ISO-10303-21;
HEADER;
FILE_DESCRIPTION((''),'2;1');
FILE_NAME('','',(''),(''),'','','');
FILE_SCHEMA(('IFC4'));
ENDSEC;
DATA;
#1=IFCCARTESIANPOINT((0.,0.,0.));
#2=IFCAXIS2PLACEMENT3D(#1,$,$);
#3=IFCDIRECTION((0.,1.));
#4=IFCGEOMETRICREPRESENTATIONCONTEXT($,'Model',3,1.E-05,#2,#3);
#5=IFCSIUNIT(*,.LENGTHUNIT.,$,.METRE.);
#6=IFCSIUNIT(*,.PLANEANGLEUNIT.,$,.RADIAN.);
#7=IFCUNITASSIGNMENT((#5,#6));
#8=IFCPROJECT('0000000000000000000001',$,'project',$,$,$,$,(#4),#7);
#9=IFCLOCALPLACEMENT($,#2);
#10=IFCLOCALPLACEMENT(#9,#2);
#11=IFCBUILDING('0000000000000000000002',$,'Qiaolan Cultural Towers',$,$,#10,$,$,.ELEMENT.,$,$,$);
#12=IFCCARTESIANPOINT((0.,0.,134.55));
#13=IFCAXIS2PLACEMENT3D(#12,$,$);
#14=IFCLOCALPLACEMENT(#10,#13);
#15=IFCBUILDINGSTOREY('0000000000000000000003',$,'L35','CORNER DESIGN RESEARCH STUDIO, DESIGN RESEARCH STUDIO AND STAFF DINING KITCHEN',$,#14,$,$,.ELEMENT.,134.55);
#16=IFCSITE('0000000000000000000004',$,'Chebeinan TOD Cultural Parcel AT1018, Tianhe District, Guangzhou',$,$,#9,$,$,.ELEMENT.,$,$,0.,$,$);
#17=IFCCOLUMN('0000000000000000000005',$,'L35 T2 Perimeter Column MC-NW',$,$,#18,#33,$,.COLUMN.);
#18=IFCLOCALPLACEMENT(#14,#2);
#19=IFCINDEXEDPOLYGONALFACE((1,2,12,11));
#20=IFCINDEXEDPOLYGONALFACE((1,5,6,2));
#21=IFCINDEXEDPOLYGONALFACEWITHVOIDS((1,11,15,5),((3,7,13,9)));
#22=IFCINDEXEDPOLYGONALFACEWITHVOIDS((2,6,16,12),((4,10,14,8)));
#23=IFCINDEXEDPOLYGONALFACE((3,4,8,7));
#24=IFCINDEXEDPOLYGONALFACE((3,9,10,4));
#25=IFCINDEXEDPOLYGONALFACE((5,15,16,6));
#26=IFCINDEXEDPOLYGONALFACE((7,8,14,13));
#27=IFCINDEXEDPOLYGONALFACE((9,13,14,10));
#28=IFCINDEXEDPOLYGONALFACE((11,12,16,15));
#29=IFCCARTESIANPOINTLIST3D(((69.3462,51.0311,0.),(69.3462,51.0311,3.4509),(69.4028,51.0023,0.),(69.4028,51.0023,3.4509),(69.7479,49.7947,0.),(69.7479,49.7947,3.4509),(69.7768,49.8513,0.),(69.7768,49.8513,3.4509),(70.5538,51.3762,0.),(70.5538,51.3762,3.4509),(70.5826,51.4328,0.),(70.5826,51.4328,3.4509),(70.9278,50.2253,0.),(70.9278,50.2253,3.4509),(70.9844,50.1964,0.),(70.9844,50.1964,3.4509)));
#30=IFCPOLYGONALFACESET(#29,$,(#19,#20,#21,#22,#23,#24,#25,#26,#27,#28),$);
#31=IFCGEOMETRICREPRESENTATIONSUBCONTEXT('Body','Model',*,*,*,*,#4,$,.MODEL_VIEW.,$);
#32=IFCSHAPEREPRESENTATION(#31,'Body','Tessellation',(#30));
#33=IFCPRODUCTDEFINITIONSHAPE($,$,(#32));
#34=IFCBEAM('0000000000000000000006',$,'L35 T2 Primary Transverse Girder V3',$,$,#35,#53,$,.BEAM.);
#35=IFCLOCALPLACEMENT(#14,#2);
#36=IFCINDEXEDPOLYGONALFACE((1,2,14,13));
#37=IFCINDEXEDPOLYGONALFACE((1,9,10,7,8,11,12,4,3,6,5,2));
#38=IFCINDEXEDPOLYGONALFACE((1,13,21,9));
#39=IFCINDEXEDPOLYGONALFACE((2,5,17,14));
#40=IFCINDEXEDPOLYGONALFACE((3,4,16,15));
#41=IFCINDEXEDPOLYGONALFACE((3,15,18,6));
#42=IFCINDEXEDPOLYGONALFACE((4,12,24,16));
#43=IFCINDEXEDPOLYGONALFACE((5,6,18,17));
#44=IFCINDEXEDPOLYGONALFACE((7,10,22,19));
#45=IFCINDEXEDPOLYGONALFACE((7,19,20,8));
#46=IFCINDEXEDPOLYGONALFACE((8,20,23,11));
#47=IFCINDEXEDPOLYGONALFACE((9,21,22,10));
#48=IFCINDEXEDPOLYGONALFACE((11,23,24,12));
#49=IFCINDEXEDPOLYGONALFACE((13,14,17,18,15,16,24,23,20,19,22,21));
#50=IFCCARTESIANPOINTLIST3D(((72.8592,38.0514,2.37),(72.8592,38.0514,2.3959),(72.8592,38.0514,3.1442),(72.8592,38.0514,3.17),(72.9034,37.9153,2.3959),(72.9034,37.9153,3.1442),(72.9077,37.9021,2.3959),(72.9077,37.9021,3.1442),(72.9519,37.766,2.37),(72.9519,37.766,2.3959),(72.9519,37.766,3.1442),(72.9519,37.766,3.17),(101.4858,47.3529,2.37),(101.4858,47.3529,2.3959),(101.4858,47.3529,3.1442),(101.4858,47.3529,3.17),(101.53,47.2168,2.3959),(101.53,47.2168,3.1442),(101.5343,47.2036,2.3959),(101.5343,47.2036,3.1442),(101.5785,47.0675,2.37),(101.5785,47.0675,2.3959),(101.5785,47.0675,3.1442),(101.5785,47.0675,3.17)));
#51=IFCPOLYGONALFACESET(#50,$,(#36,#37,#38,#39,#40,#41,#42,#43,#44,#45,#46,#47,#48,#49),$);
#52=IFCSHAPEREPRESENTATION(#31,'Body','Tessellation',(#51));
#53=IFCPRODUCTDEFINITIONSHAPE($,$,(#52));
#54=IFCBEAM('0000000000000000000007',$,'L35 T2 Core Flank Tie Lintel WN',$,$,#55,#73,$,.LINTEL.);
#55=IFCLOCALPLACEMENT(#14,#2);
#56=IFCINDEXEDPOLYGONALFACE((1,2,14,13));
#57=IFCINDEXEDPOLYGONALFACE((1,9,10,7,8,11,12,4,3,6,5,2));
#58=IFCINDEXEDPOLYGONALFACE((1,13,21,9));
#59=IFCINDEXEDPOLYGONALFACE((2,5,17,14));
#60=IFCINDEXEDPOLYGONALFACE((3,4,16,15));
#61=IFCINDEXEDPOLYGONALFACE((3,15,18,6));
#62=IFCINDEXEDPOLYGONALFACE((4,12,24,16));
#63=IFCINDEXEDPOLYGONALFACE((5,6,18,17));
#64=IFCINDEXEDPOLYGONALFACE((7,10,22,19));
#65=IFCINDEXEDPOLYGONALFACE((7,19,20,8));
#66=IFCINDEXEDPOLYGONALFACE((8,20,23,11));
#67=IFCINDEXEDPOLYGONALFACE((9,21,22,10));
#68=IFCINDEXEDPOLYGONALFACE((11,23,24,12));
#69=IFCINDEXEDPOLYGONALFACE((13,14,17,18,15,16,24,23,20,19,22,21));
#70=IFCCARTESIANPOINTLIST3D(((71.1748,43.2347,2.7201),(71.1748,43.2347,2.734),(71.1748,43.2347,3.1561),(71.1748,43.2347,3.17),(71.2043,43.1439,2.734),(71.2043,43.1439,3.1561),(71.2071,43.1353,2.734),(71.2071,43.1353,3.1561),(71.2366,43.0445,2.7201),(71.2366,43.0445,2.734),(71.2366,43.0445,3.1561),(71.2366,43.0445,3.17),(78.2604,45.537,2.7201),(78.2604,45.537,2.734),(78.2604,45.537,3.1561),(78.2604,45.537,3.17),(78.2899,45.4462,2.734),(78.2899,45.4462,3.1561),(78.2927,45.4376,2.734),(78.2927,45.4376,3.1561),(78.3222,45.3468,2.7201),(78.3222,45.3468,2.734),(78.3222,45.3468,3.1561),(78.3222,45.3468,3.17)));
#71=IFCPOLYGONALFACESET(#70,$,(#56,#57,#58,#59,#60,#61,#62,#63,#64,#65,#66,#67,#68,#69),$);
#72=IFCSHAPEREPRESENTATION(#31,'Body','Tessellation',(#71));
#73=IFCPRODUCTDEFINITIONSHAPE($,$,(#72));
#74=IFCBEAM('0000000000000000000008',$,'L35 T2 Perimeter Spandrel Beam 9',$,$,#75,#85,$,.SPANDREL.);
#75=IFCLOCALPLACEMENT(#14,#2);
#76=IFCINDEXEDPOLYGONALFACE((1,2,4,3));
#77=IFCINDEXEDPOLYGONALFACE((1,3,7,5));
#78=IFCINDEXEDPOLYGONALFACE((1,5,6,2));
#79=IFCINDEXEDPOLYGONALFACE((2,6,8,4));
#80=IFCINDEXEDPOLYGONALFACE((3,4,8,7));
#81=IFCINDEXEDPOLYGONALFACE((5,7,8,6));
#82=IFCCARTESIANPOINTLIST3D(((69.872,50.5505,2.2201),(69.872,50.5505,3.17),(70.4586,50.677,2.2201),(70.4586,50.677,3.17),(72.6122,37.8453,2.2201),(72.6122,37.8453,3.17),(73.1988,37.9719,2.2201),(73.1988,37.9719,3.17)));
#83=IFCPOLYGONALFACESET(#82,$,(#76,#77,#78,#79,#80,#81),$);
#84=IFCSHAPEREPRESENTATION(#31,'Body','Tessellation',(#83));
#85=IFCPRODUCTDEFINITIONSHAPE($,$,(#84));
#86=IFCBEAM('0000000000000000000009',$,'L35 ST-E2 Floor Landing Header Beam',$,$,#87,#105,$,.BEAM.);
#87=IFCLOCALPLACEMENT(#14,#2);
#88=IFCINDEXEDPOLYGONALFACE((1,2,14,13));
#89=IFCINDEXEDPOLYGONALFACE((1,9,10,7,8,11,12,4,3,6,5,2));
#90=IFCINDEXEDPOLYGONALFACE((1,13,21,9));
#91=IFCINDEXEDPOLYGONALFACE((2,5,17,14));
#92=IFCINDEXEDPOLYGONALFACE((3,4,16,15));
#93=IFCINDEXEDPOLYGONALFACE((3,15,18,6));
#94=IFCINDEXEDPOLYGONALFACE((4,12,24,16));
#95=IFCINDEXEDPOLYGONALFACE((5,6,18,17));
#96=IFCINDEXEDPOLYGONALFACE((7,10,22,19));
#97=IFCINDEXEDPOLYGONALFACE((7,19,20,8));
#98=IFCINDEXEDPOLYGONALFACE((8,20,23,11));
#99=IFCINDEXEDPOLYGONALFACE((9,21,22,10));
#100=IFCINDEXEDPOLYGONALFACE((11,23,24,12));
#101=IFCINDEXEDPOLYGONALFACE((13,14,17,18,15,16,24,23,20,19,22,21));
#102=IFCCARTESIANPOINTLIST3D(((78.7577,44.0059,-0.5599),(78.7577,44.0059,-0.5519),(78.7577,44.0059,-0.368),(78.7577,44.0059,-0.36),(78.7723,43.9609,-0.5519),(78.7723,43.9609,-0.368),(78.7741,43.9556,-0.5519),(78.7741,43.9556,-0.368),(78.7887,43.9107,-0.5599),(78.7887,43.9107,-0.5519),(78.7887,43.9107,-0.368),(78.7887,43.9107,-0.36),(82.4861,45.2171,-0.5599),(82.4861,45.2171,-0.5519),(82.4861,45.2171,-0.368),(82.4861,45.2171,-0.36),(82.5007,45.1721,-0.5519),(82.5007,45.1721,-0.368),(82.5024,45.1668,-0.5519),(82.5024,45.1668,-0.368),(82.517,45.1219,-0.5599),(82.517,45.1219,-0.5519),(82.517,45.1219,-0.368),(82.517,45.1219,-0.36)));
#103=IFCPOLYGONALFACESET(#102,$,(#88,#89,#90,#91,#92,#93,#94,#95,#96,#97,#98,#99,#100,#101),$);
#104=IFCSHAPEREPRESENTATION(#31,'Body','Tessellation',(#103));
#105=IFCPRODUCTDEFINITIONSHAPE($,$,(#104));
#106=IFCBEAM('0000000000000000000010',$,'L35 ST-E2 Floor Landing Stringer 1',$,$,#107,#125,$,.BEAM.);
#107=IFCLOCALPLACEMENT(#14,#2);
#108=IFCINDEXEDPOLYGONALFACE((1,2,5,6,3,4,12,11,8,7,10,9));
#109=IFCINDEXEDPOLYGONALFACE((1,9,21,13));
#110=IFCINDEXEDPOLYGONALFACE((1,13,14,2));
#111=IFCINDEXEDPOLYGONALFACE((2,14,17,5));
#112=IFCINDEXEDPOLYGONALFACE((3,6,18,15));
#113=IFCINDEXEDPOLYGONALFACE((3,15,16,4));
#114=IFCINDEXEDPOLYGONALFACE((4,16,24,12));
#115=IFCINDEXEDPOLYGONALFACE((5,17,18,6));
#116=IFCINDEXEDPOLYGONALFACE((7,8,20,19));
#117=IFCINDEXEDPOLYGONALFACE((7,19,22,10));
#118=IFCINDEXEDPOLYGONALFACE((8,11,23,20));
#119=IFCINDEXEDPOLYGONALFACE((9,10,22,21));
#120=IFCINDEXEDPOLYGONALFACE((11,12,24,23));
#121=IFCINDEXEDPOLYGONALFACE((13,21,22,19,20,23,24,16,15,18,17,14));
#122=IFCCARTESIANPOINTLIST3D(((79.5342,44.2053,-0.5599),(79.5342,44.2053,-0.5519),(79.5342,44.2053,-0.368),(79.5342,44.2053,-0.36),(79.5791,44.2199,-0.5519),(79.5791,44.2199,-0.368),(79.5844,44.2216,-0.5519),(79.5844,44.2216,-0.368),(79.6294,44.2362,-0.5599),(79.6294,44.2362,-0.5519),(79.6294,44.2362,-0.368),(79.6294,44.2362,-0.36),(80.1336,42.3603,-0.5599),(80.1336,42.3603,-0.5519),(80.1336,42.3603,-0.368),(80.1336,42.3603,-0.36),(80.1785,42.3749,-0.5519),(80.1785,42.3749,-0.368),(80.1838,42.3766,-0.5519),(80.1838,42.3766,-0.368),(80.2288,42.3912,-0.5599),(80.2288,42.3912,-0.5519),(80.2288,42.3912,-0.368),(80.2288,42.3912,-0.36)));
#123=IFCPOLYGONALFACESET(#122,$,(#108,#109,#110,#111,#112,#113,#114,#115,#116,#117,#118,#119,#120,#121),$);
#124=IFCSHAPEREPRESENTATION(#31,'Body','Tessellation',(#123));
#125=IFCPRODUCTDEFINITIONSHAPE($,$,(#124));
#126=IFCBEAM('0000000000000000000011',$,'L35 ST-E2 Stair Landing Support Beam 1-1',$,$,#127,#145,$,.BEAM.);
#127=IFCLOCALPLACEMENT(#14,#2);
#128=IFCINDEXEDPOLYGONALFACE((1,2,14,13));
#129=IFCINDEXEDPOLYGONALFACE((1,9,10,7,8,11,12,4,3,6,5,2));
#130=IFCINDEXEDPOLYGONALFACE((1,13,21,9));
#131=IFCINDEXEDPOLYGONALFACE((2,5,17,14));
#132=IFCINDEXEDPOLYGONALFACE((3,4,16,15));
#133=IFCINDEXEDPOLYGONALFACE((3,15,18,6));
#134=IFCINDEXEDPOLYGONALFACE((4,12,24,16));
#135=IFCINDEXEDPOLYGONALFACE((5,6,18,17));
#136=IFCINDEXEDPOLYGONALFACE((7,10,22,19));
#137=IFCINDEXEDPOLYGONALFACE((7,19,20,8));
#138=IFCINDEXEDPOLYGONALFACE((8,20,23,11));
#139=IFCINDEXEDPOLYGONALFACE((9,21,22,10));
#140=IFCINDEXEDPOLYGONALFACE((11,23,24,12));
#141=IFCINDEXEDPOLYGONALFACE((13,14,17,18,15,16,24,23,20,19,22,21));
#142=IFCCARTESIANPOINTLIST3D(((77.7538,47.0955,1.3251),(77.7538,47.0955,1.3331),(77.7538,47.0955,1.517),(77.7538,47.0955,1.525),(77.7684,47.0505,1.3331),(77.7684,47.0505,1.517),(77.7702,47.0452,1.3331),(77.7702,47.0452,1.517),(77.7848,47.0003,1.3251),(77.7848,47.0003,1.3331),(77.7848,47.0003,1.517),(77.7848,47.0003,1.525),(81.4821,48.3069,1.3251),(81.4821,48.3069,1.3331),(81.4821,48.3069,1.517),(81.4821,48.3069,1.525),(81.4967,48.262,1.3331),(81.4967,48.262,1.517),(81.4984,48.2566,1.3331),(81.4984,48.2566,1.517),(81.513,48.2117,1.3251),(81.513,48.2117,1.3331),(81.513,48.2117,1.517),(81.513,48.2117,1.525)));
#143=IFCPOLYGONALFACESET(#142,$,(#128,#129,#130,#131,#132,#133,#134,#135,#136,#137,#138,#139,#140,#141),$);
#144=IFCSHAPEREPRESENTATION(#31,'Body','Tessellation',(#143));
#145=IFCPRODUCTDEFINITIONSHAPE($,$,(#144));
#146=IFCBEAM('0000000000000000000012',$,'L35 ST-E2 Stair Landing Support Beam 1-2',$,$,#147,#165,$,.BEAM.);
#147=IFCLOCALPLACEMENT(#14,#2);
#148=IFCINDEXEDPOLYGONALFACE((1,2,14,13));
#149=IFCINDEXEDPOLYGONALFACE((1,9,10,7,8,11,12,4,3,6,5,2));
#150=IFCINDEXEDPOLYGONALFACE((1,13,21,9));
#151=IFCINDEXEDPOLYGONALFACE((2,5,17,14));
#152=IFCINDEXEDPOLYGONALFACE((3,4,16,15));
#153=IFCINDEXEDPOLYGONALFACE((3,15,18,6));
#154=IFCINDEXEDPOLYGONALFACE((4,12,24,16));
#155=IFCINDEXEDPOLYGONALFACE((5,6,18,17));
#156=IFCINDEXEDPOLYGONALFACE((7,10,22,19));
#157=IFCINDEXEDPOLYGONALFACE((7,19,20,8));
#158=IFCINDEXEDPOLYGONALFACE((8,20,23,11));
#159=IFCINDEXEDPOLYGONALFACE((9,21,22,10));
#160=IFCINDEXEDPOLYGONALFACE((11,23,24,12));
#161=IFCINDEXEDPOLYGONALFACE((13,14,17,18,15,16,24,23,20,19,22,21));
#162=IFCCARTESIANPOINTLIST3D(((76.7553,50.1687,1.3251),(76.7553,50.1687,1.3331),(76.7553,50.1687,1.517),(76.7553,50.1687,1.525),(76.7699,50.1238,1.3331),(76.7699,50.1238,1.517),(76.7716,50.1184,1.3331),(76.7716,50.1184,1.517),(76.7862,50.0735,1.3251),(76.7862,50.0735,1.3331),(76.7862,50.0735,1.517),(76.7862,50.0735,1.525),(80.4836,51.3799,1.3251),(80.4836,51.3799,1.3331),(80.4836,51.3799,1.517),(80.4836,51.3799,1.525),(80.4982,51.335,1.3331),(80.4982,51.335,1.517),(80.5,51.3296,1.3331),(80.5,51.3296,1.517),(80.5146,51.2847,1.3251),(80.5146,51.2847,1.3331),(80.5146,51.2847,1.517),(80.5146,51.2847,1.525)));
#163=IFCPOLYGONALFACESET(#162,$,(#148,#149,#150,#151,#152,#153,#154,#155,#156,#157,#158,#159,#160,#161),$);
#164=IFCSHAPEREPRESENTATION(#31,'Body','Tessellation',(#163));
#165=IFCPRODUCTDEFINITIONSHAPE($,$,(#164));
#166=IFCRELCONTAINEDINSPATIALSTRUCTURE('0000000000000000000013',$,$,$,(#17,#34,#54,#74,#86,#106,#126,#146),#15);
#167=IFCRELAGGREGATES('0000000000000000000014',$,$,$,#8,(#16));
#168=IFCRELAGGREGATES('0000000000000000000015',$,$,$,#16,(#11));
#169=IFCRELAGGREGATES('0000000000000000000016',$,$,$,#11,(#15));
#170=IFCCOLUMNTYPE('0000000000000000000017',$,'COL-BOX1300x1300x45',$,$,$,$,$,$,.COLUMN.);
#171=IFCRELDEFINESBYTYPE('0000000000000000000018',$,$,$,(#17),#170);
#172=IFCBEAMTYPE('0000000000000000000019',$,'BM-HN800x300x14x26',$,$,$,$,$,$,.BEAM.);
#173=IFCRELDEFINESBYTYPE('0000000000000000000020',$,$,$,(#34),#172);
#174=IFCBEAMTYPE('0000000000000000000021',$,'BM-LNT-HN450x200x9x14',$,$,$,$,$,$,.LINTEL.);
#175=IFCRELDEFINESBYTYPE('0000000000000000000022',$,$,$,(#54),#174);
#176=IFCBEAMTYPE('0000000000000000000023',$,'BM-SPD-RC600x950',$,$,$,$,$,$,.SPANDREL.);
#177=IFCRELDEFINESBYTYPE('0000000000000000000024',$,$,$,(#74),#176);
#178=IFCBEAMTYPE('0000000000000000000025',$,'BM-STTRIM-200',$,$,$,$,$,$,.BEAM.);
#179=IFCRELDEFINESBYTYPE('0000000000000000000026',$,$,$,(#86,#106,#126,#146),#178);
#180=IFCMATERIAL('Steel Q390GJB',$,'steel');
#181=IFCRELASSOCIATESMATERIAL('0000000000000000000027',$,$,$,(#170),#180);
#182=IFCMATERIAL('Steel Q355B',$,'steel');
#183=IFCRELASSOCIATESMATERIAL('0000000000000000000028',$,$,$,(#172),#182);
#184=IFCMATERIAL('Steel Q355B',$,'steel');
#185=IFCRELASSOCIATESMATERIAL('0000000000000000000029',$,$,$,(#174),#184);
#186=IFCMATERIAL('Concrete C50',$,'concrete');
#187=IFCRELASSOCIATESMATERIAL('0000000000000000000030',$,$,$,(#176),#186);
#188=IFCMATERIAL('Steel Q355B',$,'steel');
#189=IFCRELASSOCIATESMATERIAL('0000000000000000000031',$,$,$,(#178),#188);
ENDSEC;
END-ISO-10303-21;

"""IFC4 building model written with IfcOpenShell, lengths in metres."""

from ifc_helpers import new_model, si_unit, direction, frame, origin, origin_2d, place, context, subcontext, project, spatial, rectangle, hollow_rectangle, i_section, extrude, material, material_profile, profile_set, type_object, element, save


model = new_model("IFC4")

# Units and contexts
model_context = context("Model", 3, precision=1e-05, world=origin(), true_north=direction((0.0, 1.0)))
body_context = subcontext(model_context, "Body", "Model", "MODEL_VIEW")
ifc_project = project(units=[si_unit("LENGTHUNIT", "METRE"), si_unit("PLANEANGLEUNIT", "RADIAN")], contexts=[model_context])

# Site, building, storey
site_placement = place(None, origin())
site = spatial("IfcSite", under=ifc_project, at=site_placement, Name="Chebeinan TOD Cultural Parcel AT1018, Tianhe District, Guangzhou", CompositionType="ELEMENT", RefElevation=0.0)
building_placement = place(site_placement, origin())
building = spatial("IfcBuilding", under=site, at=building_placement, Name="Qiaolan Cultural Towers", CompositionType="ELEMENT")
storey_placement = place(building_placement, frame((0.0, 0.0, 134.55)))
storey = spatial("IfcBuildingStorey", under=building, at=storey_placement, Name="L35", Description="CORNER DESIGN RESEARCH STUDIO, DESIGN RESEARCH STUDIO AND STAFF DINING KITCHEN", CompositionType="ELEMENT", Elevation=134.55)

# Column
ifc_material_1 = material(Name="Steel Q390GJB", Category="steel")
ifc_material_profile_1 = material_profile(ifc_material_1, hollow_rectangle(XDim=1.3, YDim=1.3, WallThickness=0.0449, at=origin_2d()), Name="BOX1300x1300x45")
ifc_profile_set_1 = profile_set([ifc_material_profile_1], Name="Steel Q390GJB")
column_type = type_object("IfcColumnType", Name="COL-BOX1300x1300x45", PredefinedType="COLUMN", material=ifc_profile_set_1)
column_placement = place(storey_placement, frame((70.1653, 50.6138, 0.0), z_axis=(0.0, 0.0, 1.0), x_axis=(0.951057, 0.309017, 0.0)))
element("IfcColumn", 1, at=column_placement, inside=storey, type_object=column_type, Name="L35 T2 Perimeter Column MC-NW", PredefinedType="COLUMN", context=body_context, shape_type="SweptSolid", body=[
    extrude(hollow_rectangle(XDim=1.3, YDim=1.3, WallThickness=0.0449, at=origin_2d()), origin(), (0.0, 0.0, 1.0), 3.4509),
])

# Beams
ifc_material_2 = material(Name="Steel Q355B", Category="steel")
ifc_material_profile_2 = material_profile(ifc_material_2, i_section(OverallWidth=0.3, OverallDepth=0.8, WebThickness=0.0139, FlangeThickness=0.0259, at=origin_2d()), Name="HN800x300x14x26")
ifc_profile_set_2 = profile_set([ifc_material_profile_2], Name="Steel Q355B")
beam_type_1 = type_object("IfcBeamType", Name="BM-HN800x300x14x26", PredefinedType="BEAM", material=ifc_profile_set_2)
beam_1_placement = place(storey_placement, frame((72.9055, 37.9087, 2.77), z_axis=(0.951055, 0.309021, 0.0), x_axis=(-0.309021, 0.951055, 0.0)))
element("IfcBeam", 2, at=beam_1_placement, inside=storey, type_object=beam_type_1, Name="L35 T2 Primary Transverse Girder V3", PredefinedType="BEAM", context=body_context, shape_type="SweptSolid", body=[
    extrude(i_section(OverallWidth=0.3, OverallDepth=0.8, WebThickness=0.0139, FlangeThickness=0.0259, at=origin_2d()), origin(), (0.0, 0.0, 1.0), 30.0999),
])
ifc_material_3 = material(Name="Steel Q355B", Category="steel")
ifc_material_profile_3 = material_profile(ifc_material_3, i_section(OverallWidth=0.2, OverallDepth=0.45, WebThickness=0.009, FlangeThickness=0.0139, at=origin_2d()), Name="HN450x200x9x14")
ifc_profile_set_3 = profile_set([ifc_material_profile_3], Name="Steel Q355B")
beam_type_2 = type_object("IfcBeamType", Name="BM-LNT-HN450x200x9x14", PredefinedType="LINTEL", material=ifc_profile_set_3)
beam_2_placement = place(storey_placement, frame((78.2913, 45.4419, 2.9451), z_axis=(-0.951055, -0.309022, 0.0), x_axis=(0.309022, -0.951055, 0.0)))
element("IfcBeam", 3, at=beam_2_placement, inside=storey, type_object=beam_type_2, Name="L35 T2 Core Flank Tie Lintel WN", PredefinedType="LINTEL", context=body_context, shape_type="SweptSolid", body=[
    extrude(i_section(OverallWidth=0.2, OverallDepth=0.45, WebThickness=0.009, FlangeThickness=0.0139, at=origin_2d()), origin(), (0.0, 0.0, 1.0), 7.4502),
])
ifc_material_4 = material(Name="Concrete C50", Category="concrete")
ifc_material_profile_4 = material_profile(ifc_material_4, rectangle(XDim=0.6001, YDim=0.95, at=origin_2d()), Name="RC600x950")
ifc_profile_set_4 = profile_set([ifc_material_profile_4], Name="Concrete C50")
beam_type_3 = type_object("IfcBeamType", Name="BM-SPD-RC600x950", PredefinedType="SPANDREL", material=ifc_profile_set_4)
beam_3_placement = place(storey_placement, frame((70.1653, 50.6138, 2.6951), z_axis=(0.210832, -0.977522, 0.0), x_axis=(0.977522, 0.210832, 0.0)))
element("IfcBeam", 4, at=beam_3_placement, inside=storey, type_object=beam_type_3, Name="L35 T2 Perimeter Spandrel Beam 9", PredefinedType="SPANDREL", context=body_context, shape_type="SweptSolid", body=[
    extrude(rectangle(XDim=0.6001, YDim=0.95, at=origin_2d()), origin(), (0.0, 0.0, 1.0), 12.9973),
])
ifc_material_5 = material(Name="Steel Q355B", Category="steel")
ifc_material_profile_5 = material_profile(ifc_material_5, i_section(OverallWidth=0.1001, OverallDepth=0.2, WebThickness=0.0056, FlangeThickness=0.0081, at=origin_2d()), Name="HN200x100x5.5x8")
ifc_profile_set_5 = profile_set([ifc_material_profile_5], Name="Steel Q355B")
beam_type_4 = type_object("IfcBeamType", Name="BM-STTRIM-200", PredefinedType="BEAM", material=ifc_profile_set_5)
beam_4_placement = place(storey_placement, frame((78.7732, 43.9583, -0.46), z_axis=(0.951072, 0.308969, 0.0), x_axis=(-0.308969, 0.951072, 0.0)))
element("IfcBeam", 5, at=beam_4_placement, inside=storey, type_object=beam_type_4, Name="L35 ST-E2 Floor Landing Header Beam", PredefinedType="BEAM", context=body_context, shape_type="SweptSolid", body=[
    extrude(i_section(OverallWidth=0.1001, OverallDepth=0.2, WebThickness=0.0056, FlangeThickness=0.0081, at=origin_2d()), origin(), (0.0, 0.0, 1.0), 3.9202),
])
beam_5_placement = place(storey_placement, frame((80.1812, 42.3757, -0.46), z_axis=(-0.308969, 0.951072, 0.0), x_axis=(-0.951072, -0.308969, 0.0)))
element("IfcBeam", 6, at=beam_5_placement, inside=storey, type_object=beam_type_4, Name="L35 ST-E2 Floor Landing Stringer 1", PredefinedType="BEAM", context=body_context, shape_type="SweptSolid", body=[
    extrude(i_section(OverallWidth=0.1001, OverallDepth=0.2, WebThickness=0.0056, FlangeThickness=0.0081, at=origin_2d()), origin(), (0.0, 0.0, 1.0), 1.9399),
])
for number, where, z_axis, x_axis, name in (
    (7, (77.7693, 47.0479, 1.425), (0.951054, 0.309026, 0.0), (-0.309026, 0.951054, 0.0), "L35 ST-E2 Stair Landing Support Beam 1-1"),
    (8, (76.7708, 50.1211, 1.425), (0.951072, 0.308969, 0.0), (-0.308969, 0.951072, 0.0), "L35 ST-E2 Stair Landing Support Beam 1-2"),
):
    element("IfcBeam", number, at=place(storey_placement, frame(where, z_axis=z_axis, x_axis=x_axis)), inside=storey, type_object=beam_type_4, Name=name, PredefinedType="BEAM", context=body_context, shape_type="SweptSolid", body=[
        extrude(i_section(OverallWidth=0.1001, OverallDepth=0.2, WebThickness=0.0056, FlangeThickness=0.0081, at=origin_2d()), origin(), (0.0, 0.0, 1.0), 3.9202),
    ])

save(model, "model.ifc")
